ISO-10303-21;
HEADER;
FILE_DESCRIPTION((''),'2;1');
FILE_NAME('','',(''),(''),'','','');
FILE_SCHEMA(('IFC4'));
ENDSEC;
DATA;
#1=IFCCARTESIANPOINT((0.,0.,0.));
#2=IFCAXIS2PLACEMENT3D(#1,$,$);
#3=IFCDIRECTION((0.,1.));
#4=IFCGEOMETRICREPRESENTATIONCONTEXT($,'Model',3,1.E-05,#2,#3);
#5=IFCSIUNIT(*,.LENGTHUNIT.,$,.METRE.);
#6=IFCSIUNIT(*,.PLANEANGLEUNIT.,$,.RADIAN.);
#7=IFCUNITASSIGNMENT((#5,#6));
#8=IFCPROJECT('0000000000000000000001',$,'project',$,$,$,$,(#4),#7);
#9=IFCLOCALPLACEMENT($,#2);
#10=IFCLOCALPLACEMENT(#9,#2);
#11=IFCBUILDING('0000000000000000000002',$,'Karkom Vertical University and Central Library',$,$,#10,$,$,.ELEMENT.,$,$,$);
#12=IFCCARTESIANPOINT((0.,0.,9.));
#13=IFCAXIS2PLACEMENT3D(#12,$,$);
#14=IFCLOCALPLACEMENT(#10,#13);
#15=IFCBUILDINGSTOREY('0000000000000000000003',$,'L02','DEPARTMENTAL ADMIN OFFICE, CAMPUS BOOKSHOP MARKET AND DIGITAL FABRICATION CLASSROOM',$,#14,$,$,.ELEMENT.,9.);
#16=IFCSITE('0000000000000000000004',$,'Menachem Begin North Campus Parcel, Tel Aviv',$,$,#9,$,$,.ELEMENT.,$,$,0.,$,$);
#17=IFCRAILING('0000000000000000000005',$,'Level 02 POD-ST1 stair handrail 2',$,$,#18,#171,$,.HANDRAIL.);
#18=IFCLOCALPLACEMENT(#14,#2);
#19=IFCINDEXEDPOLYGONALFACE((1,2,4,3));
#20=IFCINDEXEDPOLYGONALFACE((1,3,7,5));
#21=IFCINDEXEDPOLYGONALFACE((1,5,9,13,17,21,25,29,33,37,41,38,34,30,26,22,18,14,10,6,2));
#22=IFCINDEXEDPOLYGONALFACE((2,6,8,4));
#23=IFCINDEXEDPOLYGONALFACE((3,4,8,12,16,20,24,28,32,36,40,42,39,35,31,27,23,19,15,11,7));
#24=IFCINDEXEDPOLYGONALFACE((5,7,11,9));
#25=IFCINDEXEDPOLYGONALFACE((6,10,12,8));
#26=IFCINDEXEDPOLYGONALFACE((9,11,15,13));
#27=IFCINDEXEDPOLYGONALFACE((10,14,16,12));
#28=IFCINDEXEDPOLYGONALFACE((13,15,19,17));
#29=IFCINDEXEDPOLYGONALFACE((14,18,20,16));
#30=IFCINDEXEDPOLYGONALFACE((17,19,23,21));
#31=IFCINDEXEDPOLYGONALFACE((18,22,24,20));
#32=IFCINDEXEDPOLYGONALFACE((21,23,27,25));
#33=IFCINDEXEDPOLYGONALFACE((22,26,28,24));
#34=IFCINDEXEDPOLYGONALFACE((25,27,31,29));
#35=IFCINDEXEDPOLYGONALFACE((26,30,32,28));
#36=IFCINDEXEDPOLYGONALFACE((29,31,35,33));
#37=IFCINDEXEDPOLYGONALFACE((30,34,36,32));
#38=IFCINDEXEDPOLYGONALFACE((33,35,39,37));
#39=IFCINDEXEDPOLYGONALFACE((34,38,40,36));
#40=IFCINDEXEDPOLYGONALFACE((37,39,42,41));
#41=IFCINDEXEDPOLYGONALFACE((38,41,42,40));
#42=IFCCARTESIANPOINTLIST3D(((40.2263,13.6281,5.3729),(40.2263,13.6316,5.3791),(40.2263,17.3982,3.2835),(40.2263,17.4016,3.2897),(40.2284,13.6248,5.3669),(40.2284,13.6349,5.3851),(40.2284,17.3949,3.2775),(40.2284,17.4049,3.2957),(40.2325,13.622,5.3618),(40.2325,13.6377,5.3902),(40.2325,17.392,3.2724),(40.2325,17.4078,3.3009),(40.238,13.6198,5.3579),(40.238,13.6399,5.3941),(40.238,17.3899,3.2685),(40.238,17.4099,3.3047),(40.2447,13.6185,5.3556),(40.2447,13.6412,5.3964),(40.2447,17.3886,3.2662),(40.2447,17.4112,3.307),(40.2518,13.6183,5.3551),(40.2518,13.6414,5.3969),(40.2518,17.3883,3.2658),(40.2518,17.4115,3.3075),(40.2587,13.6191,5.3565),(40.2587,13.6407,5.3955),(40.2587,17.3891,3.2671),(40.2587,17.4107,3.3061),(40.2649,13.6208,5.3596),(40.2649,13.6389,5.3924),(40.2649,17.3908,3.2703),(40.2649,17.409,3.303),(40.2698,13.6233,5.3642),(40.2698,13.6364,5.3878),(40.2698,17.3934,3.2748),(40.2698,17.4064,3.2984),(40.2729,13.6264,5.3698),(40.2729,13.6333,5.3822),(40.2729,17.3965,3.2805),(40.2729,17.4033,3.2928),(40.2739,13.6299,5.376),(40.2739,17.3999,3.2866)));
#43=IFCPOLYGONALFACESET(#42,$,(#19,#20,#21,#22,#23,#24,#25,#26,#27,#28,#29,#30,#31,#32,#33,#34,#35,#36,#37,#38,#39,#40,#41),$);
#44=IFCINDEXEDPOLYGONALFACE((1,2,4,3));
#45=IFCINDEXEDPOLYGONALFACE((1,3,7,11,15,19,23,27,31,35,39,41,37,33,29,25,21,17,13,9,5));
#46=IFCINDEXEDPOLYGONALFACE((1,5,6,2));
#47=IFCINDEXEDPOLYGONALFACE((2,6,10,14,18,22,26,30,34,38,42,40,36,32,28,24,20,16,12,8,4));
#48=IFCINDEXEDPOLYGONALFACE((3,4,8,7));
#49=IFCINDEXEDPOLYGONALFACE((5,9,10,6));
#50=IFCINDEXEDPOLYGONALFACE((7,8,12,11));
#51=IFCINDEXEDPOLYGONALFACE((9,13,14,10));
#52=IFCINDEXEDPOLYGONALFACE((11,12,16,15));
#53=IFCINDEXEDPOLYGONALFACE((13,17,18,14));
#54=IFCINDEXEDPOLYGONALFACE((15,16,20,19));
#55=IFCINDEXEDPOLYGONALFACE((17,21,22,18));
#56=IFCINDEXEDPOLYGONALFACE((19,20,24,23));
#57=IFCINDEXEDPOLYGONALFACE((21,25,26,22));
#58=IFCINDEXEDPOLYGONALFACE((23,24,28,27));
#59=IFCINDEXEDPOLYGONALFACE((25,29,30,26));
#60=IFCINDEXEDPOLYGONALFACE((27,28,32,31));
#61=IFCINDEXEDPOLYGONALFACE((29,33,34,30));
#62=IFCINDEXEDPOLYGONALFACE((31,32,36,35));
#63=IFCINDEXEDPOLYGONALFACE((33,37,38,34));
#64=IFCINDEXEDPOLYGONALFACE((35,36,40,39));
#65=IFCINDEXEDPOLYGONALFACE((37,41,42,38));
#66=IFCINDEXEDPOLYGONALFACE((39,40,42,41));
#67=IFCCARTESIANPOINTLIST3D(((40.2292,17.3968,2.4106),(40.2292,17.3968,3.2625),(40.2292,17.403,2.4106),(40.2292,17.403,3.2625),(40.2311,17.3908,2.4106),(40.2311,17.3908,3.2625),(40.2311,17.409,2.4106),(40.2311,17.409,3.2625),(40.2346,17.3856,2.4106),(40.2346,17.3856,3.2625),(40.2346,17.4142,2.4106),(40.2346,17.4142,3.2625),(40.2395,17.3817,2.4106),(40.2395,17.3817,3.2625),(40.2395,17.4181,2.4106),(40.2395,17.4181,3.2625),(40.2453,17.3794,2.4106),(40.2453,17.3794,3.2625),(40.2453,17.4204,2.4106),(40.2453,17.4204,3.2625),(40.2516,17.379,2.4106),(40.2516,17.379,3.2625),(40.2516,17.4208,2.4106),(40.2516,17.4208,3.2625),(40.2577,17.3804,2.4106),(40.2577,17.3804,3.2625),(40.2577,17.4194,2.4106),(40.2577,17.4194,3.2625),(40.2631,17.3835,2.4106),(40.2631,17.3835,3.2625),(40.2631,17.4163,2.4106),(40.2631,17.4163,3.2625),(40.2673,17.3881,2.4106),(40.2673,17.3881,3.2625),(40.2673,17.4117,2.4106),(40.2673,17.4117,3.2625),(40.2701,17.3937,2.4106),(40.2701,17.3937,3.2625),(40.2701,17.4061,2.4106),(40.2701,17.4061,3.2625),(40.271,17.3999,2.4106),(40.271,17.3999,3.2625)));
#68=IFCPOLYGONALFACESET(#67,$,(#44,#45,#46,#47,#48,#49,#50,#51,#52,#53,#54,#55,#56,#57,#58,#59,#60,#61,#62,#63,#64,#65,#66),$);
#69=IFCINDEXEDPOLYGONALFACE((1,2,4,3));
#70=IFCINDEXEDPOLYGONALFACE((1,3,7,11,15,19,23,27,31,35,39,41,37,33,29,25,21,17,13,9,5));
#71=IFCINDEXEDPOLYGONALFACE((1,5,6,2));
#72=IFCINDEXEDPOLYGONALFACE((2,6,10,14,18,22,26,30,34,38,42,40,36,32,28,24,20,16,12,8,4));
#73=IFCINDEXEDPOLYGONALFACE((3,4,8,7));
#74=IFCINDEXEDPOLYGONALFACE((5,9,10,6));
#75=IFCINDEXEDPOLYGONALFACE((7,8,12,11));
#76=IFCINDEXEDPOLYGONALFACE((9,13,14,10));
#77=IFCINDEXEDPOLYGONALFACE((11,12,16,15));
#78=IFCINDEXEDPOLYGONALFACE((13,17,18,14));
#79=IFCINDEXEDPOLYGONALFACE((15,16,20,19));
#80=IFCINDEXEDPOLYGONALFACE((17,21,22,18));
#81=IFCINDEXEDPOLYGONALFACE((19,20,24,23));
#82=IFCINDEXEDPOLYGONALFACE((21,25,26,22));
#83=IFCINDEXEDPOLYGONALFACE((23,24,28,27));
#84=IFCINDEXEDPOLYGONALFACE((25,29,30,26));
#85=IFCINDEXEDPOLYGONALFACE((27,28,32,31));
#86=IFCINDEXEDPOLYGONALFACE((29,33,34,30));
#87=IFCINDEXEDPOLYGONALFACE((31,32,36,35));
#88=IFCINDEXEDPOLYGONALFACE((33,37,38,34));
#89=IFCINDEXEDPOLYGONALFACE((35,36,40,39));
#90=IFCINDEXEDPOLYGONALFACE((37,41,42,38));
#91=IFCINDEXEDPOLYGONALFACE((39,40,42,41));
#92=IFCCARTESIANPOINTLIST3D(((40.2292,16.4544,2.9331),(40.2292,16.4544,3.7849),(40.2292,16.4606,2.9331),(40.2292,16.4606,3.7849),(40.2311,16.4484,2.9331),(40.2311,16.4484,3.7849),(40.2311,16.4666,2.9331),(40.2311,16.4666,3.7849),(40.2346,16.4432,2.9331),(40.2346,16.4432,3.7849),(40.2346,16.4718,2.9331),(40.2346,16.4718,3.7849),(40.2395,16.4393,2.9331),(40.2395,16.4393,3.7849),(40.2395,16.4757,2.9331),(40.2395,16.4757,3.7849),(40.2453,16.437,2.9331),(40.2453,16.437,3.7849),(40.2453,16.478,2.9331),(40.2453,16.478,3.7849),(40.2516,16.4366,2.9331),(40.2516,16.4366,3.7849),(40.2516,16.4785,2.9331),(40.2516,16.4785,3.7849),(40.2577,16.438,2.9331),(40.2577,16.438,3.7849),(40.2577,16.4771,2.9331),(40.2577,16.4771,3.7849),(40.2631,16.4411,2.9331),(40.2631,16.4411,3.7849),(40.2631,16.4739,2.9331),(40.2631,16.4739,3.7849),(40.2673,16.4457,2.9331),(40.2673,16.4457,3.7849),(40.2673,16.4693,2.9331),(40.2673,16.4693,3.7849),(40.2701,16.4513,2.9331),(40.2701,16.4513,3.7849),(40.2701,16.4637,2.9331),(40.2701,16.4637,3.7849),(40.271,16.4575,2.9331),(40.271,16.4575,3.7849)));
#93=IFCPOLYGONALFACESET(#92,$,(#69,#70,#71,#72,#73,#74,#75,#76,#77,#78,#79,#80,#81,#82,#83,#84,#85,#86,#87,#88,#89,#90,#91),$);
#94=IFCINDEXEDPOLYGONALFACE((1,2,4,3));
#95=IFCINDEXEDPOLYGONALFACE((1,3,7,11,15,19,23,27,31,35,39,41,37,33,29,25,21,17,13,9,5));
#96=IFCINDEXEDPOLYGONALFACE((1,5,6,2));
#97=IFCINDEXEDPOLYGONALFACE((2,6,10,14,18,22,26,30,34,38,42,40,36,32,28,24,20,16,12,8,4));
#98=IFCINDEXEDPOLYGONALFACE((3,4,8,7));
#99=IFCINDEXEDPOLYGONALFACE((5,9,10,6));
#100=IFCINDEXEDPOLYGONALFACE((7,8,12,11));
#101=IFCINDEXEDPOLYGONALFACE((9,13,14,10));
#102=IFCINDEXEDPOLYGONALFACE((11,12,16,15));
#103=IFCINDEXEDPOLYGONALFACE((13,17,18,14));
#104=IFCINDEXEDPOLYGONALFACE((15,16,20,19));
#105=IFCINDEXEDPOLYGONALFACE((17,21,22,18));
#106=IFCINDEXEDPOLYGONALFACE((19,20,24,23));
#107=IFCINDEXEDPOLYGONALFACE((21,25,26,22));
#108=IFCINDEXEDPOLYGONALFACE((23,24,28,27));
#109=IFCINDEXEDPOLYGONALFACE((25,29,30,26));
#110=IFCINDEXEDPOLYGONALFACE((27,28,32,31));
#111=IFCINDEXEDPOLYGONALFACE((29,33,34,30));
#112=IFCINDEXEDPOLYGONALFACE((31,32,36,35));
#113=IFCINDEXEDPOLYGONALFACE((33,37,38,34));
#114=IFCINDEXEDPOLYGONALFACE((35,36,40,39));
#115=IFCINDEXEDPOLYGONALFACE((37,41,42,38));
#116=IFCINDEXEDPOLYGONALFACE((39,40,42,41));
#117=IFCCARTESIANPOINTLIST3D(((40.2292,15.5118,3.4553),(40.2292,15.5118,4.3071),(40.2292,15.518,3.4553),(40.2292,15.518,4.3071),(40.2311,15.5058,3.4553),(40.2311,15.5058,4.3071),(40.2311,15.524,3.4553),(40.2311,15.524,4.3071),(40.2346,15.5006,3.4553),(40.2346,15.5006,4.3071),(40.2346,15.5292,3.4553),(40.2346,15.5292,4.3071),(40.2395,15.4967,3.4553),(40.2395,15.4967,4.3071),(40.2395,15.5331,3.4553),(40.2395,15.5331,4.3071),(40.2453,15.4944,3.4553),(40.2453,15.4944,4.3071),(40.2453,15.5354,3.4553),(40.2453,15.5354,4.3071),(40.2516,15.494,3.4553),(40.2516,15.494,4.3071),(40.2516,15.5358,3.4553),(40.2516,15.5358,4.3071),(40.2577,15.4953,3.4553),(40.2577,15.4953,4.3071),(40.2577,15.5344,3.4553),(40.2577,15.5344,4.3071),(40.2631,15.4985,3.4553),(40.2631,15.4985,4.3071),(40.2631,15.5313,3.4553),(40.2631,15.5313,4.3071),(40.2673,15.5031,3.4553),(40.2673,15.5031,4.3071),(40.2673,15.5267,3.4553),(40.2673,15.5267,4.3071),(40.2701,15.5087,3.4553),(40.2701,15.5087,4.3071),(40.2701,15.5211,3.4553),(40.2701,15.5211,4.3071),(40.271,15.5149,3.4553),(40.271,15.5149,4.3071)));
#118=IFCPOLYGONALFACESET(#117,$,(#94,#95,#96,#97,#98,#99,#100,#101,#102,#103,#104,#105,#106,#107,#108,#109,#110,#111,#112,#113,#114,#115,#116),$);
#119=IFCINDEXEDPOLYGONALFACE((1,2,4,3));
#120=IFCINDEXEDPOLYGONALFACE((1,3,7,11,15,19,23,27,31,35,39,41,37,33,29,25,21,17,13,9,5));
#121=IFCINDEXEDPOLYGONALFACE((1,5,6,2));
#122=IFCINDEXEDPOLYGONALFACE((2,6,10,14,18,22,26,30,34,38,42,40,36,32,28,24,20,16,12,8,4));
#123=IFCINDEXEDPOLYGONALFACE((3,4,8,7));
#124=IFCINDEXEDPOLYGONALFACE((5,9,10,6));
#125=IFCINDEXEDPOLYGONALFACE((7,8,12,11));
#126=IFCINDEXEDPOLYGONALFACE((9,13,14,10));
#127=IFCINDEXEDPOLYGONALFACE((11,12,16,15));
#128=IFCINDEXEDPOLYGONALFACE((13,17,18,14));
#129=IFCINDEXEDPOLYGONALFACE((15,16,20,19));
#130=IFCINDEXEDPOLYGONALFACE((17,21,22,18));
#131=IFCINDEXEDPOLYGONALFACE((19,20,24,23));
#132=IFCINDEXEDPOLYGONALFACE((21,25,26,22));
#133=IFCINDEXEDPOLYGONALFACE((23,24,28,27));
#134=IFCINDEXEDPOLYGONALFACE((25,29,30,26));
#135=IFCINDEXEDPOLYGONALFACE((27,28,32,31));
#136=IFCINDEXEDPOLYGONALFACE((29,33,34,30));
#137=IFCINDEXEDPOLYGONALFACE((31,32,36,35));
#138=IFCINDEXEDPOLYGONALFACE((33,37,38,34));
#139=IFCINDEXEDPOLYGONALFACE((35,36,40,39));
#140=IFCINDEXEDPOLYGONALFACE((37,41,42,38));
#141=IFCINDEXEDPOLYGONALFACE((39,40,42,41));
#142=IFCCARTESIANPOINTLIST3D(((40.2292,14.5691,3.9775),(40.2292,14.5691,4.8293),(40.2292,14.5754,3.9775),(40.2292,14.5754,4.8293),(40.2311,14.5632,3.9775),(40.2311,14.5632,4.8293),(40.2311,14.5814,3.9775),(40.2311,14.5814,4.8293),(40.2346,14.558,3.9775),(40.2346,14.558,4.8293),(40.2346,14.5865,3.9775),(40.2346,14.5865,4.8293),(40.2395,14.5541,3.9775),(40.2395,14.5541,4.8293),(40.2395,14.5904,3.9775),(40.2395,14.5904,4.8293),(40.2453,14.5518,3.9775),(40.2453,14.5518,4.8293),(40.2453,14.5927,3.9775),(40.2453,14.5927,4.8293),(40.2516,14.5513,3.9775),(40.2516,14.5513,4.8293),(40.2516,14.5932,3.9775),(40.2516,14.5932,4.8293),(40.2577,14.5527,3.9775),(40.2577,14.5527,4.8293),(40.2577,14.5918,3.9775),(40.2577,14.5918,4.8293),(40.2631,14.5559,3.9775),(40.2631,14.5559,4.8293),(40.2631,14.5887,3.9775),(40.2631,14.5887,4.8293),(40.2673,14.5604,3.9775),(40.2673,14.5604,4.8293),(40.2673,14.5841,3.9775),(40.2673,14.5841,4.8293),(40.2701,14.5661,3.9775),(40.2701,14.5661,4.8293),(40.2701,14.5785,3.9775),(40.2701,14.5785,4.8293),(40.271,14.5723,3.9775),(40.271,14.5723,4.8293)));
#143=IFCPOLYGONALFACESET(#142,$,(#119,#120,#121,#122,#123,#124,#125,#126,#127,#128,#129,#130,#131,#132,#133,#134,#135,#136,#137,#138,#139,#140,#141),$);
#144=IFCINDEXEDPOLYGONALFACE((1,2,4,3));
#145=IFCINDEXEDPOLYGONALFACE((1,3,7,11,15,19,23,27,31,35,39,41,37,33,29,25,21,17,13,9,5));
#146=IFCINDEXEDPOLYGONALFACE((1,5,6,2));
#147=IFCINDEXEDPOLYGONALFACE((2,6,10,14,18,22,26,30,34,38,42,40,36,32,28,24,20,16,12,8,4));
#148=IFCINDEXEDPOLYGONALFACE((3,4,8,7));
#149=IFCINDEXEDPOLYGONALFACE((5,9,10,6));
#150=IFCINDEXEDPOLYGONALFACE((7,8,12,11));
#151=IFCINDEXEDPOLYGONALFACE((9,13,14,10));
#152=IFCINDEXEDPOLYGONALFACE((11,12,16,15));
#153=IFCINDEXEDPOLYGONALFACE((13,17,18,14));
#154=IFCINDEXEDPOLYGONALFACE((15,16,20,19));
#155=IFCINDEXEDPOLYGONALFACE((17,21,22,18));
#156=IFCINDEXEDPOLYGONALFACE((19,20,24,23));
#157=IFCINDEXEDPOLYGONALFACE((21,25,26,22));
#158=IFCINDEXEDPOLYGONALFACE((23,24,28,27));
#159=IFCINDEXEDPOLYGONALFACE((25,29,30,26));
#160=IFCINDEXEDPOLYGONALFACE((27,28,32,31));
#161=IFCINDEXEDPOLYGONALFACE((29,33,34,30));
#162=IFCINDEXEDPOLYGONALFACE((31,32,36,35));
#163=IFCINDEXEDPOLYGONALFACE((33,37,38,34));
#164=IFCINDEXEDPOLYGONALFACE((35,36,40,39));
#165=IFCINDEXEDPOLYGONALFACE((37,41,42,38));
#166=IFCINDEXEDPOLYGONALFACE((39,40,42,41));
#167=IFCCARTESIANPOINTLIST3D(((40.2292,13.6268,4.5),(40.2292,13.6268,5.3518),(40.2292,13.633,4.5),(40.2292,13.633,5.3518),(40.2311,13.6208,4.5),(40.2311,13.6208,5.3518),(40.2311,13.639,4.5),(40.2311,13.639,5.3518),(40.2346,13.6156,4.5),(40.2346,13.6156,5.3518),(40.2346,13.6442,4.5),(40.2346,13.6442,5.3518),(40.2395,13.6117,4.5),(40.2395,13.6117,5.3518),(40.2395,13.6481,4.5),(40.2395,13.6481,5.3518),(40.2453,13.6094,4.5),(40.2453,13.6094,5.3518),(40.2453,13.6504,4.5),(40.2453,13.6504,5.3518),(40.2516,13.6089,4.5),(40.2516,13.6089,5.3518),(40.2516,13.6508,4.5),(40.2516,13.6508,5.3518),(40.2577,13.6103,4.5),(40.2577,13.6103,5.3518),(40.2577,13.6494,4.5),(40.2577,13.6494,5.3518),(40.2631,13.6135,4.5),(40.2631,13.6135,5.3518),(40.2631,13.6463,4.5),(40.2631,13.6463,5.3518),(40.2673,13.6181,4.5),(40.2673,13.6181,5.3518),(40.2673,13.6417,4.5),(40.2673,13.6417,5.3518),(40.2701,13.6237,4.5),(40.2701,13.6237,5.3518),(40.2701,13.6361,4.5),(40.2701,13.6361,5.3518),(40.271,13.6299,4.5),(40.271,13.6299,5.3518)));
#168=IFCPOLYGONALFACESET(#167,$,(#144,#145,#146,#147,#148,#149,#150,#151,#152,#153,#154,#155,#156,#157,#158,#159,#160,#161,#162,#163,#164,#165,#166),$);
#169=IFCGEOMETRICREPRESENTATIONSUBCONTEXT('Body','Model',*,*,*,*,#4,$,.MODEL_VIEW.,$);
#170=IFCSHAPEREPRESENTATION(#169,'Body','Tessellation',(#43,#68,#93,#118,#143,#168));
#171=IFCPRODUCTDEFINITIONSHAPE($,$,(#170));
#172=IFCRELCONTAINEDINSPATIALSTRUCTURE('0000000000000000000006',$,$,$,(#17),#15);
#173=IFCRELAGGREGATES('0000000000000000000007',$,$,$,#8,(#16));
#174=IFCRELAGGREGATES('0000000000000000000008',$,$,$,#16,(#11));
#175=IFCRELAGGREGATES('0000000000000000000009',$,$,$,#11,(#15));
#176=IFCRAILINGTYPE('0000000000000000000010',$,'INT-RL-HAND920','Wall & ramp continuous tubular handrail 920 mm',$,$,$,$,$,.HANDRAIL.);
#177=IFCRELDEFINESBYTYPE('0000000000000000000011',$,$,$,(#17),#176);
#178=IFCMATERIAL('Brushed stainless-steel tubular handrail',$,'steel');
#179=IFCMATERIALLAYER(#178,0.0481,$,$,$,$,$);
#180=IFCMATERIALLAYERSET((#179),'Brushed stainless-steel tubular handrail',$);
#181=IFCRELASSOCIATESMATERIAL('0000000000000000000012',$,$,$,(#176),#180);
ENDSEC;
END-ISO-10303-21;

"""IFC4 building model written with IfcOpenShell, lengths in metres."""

from ifc_helpers import new_model, si_unit, direction, frame, origin, origin_2d, place, context, subcontext, project, spatial, circle, extrude, material, layer, layer_set, type_object, element, save


model = new_model("IFC4")

# Units and contexts
model_context = context("Model", 3, precision=1e-05, world=origin(), true_north=direction((0.0, 1.0)))
body_context = subcontext(model_context, "Body", "Model", "MODEL_VIEW")
ifc_project = project(units=[si_unit("LENGTHUNIT", "METRE"), si_unit("PLANEANGLEUNIT", "RADIAN")], contexts=[model_context])

# Site, building, storey
site_placement = place(None, origin())
site = spatial("IfcSite", under=ifc_project, at=site_placement, Name="Menachem Begin North Campus Parcel, Tel Aviv", CompositionType="ELEMENT", RefElevation=0.0)
building_placement = place(site_placement, origin())
building = spatial("IfcBuilding", under=site, at=building_placement, Name="Karkom Vertical University and Central Library", CompositionType="ELEMENT")
storey_placement = place(building_placement, frame((0.0, 0.0, 9.0)))
storey = spatial("IfcBuildingStorey", under=building, at=storey_placement, Name="L02", Description="DEPARTMENTAL ADMIN OFFICE, CAMPUS BOOKSHOP MARKET AND DIGITAL FABRICATION CLASSROOM", CompositionType="ELEMENT", Elevation=9.0)

# Railing
ifc_material_1 = material(Name="Brushed stainless-steel tubular handrail", Category="steel")
ifc_layer_1 = layer(ifc_material_1, 0.0481)
ifc_layer_set_1 = layer_set([ifc_layer_1], Name="Brushed stainless-steel tubular handrail")
railing_type_1 = type_object("IfcRailingType", Name="INT-RL-HAND920", Description="Wall & ramp continuous tubular handrail 920 mm", PredefinedType="HANDRAIL", material=ifc_layer_set_1)
railing_1_placement = place(storey_placement, frame((40.25, 17.3999, 2.4106)))
element("IfcRailing", 1, at=railing_1_placement, inside=storey, type_object=railing_type_1, Name="Level 02 POD-ST1 stair handrail 2", PredefinedType="HANDRAIL", context=body_context, shape_type="SweptSolid", body=[
    extrude(circle(Radius=0.0239, at=origin_2d()), frame((0.0, 0.0, 0.876), z_axis=(0.0, -0.874659, 0.484739), x_axis=(1.0, 0.0, 0.0)), (0.0, 0.0, 1.0), 4.3103),
    extrude(circle(Radius=0.021, at=origin_2d()), origin(), (0.0, 0.0, 1.0), 0.8518),
    extrude(circle(Radius=0.021, at=origin_2d()), frame((0.0, -0.9424, 0.5225)), (0.0, 0.0, 1.0), 0.8518),
    extrude(circle(Radius=0.021, at=origin_2d()), frame((0.0, -1.885, 1.0447)), (0.0, 0.0, 1.0), 0.8518),
    extrude(circle(Radius=0.021, at=origin_2d()), frame((0.0, -2.8276, 1.5669)), (0.0, 0.0, 1.0), 0.8518),
    extrude(circle(Radius=0.021, at=origin_2d()), frame((0.0, -3.77, 2.0894)), (0.0, 0.0, 1.0), 0.8518),
])

save(model, "model.ifc")
